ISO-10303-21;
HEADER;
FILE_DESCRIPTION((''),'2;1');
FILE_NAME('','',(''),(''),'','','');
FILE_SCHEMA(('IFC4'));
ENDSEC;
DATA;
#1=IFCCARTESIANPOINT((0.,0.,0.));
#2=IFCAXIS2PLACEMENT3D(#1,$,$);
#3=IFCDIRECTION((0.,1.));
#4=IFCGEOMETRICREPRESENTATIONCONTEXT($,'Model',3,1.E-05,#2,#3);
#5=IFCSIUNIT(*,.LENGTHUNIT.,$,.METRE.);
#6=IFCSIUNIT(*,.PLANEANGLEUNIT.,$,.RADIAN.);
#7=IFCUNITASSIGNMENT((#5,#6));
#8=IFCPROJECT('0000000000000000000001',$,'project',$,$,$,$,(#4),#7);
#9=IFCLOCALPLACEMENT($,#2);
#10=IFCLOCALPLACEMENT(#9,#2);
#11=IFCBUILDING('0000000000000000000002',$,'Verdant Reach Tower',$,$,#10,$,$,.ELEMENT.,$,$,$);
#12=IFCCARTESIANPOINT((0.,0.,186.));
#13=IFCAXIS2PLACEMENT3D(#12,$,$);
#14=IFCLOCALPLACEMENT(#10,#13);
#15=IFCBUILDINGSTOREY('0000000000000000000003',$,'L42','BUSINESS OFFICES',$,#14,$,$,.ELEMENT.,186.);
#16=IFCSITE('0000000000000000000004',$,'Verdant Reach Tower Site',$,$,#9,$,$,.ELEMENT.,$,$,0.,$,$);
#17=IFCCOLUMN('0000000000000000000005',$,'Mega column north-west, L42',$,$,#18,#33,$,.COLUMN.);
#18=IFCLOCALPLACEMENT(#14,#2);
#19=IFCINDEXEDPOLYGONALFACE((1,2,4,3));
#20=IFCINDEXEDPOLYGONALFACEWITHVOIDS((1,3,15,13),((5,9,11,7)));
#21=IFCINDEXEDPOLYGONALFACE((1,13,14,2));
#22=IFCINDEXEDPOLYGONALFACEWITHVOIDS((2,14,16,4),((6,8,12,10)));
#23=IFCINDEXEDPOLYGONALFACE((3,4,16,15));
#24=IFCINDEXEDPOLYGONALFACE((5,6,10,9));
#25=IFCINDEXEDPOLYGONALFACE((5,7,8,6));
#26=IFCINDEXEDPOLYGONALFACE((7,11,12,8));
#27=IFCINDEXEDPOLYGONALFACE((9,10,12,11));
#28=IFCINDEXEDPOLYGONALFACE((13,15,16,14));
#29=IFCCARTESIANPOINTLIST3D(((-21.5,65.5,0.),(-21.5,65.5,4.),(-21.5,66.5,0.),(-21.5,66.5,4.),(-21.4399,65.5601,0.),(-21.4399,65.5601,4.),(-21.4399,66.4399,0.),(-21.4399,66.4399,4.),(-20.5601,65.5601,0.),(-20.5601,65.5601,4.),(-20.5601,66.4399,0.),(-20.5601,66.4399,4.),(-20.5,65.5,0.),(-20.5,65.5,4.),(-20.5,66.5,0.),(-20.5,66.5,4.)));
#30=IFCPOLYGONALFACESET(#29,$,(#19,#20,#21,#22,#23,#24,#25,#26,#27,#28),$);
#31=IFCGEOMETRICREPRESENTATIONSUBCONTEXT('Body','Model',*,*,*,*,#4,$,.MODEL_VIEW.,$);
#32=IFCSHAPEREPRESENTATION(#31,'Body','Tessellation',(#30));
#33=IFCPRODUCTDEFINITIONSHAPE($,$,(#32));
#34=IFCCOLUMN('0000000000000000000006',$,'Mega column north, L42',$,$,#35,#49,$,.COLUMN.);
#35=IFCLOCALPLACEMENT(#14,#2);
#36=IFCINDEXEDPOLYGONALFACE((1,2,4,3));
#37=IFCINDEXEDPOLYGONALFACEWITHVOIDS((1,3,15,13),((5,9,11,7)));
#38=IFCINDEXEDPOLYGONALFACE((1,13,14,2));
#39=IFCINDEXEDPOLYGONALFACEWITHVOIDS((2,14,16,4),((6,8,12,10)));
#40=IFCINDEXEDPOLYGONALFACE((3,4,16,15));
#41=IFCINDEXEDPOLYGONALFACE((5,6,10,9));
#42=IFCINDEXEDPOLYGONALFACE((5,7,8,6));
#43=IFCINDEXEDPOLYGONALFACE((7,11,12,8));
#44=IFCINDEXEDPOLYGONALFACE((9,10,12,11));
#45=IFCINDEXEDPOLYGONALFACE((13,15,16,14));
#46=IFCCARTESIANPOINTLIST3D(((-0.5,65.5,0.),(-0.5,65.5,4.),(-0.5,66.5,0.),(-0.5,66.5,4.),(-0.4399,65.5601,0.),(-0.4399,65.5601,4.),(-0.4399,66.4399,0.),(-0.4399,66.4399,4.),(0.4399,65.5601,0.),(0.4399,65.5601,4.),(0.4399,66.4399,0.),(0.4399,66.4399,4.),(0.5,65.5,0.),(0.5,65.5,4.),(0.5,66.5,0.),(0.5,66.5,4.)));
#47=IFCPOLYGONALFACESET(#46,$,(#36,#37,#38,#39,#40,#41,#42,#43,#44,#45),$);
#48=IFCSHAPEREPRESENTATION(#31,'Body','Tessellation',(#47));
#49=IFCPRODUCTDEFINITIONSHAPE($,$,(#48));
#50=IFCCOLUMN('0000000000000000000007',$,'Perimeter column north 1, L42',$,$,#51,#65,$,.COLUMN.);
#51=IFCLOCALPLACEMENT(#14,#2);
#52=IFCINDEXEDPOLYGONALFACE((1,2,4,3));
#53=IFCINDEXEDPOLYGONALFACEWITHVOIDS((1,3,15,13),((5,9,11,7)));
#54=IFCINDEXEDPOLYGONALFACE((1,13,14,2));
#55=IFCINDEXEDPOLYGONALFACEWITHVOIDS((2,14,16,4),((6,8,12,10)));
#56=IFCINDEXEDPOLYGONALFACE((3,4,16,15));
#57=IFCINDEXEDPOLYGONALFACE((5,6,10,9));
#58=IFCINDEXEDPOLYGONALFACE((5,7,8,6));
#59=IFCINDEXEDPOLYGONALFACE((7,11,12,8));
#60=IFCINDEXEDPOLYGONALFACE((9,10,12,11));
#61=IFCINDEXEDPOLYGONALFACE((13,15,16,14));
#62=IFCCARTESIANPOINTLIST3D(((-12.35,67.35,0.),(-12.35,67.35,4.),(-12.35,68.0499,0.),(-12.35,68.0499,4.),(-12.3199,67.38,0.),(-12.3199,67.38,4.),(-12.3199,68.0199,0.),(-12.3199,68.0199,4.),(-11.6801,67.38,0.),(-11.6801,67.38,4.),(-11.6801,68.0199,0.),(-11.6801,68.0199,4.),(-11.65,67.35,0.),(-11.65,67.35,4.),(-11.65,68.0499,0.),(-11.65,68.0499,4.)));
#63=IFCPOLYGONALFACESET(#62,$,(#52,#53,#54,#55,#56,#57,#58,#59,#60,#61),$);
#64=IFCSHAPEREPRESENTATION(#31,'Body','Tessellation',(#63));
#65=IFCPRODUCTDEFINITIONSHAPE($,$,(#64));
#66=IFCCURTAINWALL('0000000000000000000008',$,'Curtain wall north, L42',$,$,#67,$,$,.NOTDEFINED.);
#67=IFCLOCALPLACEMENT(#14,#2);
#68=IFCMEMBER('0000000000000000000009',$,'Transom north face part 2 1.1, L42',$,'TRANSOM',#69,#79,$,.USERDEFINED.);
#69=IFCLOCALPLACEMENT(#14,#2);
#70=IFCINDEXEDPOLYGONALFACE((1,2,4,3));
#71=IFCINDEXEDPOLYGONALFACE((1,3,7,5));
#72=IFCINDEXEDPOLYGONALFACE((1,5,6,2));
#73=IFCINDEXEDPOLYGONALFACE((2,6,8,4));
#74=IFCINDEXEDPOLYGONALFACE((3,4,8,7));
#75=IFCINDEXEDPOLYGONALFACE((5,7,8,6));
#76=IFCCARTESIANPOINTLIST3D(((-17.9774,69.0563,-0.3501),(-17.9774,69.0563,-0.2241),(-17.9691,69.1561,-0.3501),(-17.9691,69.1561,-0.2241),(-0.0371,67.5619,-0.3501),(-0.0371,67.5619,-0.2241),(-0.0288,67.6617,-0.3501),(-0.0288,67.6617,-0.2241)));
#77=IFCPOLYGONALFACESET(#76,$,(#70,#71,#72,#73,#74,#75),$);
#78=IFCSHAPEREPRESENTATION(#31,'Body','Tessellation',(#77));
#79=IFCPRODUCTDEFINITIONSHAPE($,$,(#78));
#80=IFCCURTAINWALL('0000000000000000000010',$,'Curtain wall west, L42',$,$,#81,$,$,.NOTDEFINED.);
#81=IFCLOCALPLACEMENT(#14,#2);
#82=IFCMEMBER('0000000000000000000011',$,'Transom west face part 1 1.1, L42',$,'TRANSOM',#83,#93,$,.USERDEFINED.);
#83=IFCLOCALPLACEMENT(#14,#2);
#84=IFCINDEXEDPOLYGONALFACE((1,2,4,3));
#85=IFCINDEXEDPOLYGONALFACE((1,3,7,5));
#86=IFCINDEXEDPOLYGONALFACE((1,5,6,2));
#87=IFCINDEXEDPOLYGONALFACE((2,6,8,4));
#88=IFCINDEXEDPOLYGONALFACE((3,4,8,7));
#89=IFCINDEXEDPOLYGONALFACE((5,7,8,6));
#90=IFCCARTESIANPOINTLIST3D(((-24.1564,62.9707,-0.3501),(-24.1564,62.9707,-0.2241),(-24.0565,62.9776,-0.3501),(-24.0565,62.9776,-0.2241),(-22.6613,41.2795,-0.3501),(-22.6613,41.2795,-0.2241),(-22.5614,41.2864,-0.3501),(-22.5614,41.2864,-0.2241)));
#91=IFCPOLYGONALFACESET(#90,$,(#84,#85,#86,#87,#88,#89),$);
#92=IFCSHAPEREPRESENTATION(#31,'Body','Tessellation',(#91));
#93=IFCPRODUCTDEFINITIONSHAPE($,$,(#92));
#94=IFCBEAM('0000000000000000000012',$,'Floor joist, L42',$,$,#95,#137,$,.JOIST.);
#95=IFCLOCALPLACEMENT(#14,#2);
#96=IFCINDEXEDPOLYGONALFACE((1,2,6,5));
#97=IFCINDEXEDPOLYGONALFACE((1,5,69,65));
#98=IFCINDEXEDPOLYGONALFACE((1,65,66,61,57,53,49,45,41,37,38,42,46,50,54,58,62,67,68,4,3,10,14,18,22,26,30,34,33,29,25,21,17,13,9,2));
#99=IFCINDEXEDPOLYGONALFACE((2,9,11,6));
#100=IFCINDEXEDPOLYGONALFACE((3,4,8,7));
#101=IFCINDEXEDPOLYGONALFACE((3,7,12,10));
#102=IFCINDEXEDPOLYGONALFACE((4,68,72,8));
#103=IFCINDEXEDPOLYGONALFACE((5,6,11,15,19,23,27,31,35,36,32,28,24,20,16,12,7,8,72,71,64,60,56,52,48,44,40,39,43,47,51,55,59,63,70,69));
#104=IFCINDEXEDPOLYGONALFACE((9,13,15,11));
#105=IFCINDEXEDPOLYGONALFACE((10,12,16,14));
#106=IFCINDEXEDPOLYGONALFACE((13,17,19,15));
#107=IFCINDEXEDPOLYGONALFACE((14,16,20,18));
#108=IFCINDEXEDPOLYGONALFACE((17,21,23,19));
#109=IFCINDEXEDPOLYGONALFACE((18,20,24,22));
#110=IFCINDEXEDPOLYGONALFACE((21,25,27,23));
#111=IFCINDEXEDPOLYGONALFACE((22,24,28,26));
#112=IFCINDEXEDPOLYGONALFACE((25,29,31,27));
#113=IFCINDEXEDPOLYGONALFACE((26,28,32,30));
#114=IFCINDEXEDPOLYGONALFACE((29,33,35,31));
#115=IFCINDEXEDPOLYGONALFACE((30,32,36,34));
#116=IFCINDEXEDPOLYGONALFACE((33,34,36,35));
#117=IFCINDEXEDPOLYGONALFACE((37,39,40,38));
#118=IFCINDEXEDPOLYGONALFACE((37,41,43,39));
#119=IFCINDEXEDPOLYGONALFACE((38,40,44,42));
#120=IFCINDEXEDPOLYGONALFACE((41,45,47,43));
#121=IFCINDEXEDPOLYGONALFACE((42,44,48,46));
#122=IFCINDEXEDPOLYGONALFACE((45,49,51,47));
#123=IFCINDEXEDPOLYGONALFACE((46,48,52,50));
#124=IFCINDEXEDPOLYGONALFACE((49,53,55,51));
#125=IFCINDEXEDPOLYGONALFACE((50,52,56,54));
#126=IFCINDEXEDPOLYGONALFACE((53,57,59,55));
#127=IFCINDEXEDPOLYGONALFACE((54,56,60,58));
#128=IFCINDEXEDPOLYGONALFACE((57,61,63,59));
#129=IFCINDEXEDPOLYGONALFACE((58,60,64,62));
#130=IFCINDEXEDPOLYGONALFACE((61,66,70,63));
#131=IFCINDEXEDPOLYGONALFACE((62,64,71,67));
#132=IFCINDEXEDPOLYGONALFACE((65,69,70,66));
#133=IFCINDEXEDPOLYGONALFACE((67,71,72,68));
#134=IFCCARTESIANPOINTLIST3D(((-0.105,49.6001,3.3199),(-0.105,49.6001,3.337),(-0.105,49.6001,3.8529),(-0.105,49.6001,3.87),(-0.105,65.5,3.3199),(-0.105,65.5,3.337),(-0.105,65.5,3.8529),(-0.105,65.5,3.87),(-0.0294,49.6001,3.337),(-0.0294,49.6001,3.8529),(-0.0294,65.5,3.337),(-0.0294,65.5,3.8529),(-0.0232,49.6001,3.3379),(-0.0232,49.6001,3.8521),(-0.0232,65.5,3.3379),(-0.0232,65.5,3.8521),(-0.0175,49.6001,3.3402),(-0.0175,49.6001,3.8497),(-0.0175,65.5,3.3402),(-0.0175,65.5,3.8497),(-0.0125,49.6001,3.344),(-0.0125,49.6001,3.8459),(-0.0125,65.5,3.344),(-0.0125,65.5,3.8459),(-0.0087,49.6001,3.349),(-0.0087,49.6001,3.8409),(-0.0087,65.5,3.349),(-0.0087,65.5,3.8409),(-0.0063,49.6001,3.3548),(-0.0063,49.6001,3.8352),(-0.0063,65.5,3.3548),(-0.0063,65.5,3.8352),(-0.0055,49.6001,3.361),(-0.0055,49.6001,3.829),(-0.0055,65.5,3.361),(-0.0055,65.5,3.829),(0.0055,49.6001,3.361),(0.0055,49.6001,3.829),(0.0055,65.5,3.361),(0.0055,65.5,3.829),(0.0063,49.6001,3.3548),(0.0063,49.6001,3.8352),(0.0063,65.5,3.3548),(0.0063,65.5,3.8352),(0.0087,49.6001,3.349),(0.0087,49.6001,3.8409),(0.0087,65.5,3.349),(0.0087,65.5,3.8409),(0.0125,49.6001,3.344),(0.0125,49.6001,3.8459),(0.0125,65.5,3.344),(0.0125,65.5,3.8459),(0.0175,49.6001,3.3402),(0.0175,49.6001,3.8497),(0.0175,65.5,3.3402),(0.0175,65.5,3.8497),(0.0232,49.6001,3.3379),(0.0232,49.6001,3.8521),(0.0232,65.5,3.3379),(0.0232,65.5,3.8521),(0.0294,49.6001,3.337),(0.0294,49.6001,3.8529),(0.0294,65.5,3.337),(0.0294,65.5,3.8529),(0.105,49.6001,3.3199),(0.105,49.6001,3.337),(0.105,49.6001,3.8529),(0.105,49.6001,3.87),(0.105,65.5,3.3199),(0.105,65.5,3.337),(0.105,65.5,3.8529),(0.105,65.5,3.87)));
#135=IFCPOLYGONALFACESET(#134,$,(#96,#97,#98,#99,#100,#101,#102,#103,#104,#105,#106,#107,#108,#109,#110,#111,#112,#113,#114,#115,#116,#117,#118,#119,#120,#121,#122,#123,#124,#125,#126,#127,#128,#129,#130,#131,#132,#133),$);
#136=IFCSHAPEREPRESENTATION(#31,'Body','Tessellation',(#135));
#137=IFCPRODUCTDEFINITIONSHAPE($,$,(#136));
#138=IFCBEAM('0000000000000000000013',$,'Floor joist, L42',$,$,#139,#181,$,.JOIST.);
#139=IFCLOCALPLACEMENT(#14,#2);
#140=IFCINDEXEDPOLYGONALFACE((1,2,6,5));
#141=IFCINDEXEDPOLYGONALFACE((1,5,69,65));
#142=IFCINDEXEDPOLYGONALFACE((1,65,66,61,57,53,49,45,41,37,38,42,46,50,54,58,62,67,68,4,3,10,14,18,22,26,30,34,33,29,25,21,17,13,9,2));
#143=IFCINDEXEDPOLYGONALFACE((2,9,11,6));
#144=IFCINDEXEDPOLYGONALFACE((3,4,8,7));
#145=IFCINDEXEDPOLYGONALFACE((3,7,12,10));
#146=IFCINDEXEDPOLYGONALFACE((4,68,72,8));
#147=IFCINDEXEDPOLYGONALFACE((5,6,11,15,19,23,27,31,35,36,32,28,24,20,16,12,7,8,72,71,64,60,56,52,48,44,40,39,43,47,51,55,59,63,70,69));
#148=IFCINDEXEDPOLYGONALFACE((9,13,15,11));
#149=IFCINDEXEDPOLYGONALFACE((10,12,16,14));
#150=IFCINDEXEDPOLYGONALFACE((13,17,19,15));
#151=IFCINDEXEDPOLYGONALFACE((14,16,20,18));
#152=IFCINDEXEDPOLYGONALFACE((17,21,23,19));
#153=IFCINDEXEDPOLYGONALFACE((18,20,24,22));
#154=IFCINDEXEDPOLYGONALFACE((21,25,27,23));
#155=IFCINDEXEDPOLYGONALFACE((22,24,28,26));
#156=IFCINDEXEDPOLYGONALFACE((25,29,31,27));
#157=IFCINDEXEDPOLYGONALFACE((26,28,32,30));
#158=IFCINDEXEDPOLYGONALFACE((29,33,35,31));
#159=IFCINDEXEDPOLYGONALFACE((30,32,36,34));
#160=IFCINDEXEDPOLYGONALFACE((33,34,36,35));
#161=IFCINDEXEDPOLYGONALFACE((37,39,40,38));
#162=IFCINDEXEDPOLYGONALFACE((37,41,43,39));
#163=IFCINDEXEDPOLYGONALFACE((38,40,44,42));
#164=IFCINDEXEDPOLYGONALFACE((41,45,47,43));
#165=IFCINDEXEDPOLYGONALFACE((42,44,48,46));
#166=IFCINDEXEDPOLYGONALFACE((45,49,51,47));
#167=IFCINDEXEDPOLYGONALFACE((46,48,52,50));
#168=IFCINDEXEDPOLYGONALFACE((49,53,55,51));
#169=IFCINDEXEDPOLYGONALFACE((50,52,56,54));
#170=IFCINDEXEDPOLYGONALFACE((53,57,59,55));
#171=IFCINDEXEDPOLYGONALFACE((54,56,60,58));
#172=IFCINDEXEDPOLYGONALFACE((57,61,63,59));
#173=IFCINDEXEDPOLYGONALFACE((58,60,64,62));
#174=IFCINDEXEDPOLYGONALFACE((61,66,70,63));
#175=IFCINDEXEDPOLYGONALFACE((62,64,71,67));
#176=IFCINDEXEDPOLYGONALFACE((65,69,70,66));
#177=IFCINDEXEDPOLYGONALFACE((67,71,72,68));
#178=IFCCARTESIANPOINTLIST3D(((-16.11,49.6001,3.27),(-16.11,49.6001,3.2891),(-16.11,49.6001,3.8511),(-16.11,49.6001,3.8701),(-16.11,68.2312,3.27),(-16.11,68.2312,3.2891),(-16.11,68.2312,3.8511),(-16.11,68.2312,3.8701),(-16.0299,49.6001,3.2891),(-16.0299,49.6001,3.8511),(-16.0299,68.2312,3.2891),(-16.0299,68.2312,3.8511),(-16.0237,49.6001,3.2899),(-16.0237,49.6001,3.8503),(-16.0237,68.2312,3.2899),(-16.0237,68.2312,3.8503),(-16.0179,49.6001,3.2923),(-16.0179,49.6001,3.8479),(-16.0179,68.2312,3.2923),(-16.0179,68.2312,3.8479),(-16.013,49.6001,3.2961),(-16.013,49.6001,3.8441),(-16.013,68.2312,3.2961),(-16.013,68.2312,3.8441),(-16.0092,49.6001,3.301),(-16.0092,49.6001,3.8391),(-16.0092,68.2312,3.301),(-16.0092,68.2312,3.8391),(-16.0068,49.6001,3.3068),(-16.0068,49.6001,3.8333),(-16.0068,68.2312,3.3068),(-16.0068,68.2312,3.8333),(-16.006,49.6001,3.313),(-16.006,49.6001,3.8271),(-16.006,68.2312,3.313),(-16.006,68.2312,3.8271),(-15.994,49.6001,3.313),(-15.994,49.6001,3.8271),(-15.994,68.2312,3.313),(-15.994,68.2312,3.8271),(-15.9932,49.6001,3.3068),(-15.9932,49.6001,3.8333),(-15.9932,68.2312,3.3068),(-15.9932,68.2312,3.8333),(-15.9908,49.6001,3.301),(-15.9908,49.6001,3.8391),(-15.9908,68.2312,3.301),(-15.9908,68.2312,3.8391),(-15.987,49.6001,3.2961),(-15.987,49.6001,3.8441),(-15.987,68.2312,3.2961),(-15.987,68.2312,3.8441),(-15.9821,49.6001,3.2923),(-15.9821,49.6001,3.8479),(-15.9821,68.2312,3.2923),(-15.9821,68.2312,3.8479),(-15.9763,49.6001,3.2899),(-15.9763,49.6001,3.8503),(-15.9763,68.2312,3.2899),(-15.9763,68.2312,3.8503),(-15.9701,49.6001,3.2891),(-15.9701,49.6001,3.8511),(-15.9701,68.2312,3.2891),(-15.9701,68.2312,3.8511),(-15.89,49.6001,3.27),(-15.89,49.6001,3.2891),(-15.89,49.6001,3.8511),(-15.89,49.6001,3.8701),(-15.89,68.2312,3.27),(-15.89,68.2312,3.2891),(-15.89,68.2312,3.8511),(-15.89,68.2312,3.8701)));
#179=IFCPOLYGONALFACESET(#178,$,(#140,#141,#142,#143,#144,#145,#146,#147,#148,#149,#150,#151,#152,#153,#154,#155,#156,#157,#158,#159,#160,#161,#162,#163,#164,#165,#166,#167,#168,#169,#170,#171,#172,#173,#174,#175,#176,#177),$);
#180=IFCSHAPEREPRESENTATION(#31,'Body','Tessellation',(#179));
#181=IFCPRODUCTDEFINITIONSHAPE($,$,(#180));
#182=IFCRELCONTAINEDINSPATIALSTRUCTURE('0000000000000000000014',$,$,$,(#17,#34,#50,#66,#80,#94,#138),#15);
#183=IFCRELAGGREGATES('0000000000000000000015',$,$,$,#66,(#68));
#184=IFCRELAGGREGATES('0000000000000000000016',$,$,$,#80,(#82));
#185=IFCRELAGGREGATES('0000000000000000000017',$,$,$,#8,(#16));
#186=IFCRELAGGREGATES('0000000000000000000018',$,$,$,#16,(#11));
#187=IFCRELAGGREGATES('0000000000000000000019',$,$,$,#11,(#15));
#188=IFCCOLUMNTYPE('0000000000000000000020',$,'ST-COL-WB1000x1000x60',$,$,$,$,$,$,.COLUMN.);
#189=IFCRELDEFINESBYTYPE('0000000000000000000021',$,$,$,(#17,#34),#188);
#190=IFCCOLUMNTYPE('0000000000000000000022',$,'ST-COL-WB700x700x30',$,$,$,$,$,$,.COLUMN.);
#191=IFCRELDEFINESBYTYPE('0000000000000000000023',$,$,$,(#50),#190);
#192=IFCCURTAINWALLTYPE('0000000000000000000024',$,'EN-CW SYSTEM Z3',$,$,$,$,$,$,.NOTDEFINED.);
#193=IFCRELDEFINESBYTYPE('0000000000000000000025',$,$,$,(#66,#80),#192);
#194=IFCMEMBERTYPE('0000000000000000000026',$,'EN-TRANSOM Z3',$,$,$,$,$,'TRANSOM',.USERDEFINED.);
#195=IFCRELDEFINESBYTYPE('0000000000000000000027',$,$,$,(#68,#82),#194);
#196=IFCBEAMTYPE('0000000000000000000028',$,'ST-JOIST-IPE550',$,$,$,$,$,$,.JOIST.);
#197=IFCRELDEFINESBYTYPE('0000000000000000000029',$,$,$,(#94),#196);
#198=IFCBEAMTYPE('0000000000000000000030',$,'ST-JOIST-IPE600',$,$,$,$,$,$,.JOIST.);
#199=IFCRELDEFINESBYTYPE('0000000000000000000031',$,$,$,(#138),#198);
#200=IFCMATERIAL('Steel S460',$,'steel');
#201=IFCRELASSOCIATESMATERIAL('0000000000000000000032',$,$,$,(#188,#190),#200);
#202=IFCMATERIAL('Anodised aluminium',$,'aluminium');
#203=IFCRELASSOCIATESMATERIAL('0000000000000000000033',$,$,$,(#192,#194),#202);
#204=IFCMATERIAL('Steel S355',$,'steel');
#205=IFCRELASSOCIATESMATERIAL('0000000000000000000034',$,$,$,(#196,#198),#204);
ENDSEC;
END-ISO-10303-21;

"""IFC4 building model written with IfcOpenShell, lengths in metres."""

from ifc_helpers import new_model, si_unit, direction, frame, origin, origin_2d, place, context, subcontext, project, spatial, rectangle, hollow_rectangle, i_section, extrude, material, material_profile, profile_set, type_object, element, aggregate, save


model = new_model("IFC4")

# Units and contexts
model_context = context("Model", 3, precision=1e-05, world=origin(), true_north=direction((0.0, 1.0)))
body_context = subcontext(model_context, "Body", "Model", "MODEL_VIEW")
ifc_project = project(units=[si_unit("LENGTHUNIT", "METRE"), si_unit("PLANEANGLEUNIT", "RADIAN")], contexts=[model_context])

# Site, building, storey
site_placement = place(None, origin())
site = spatial("IfcSite", under=ifc_project, at=site_placement, Name="Verdant Reach Tower Site", CompositionType="ELEMENT", RefElevation=0.0)
building_placement = place(site_placement, origin())
building = spatial("IfcBuilding", under=site, at=building_placement, Name="Verdant Reach Tower", CompositionType="ELEMENT")
storey_placement = place(building_placement, frame((0.0, 0.0, 186.0)))
storey = spatial("IfcBuildingStorey", under=building, at=storey_placement, Name="L42", Description="BUSINESS OFFICES", CompositionType="ELEMENT", Elevation=186.0)

# Columns
ifc_material_1 = material(Name="Steel S460", Category="steel")
ifc_material_profile_1 = material_profile(ifc_material_1, hollow_rectangle(XDim=1.0, YDim=1.0, WallThickness=0.0601, at=origin_2d()), Name="WB 1000x1000x60")
ifc_profile_set_1 = profile_set([ifc_material_profile_1], Name="Steel S460")
column_type_1 = type_object("IfcColumnType", Name="ST-COL-WB1000x1000x60", PredefinedType="COLUMN", material=ifc_profile_set_1)
for number, where, z_axis, x_axis, name in (
    (1, (-21.0, 66.0, 0.0), (0.0, 0.0, 1.0), (1.0, 0.0, 0.0), "Mega column north-west, L42"),
    (2, (0.0, 66.0, 0.0), (0.0, 0.0, 1.0), (1.0, 0.0, 0.0), "Mega column north, L42"),
):
    element("IfcColumn", number, at=place(storey_placement, frame(where, z_axis=z_axis, x_axis=x_axis)), inside=storey, type_object=column_type_1, Name=name, PredefinedType="COLUMN", context=body_context, shape_type="SweptSolid", body=[
        extrude(hollow_rectangle(XDim=1.0, YDim=1.0, WallThickness=0.0601, at=origin_2d()), origin(), (0.0, 0.0, 1.0), 4.0),
    ])
ifc_material_profile_2 = material_profile(ifc_material_1, hollow_rectangle(XDim=0.7, YDim=0.7, WallThickness=0.03, at=origin_2d()), Name="WB 700x700x30")
ifc_profile_set_2 = profile_set([ifc_material_profile_2], Name="Steel S460")
column_type_2 = type_object("IfcColumnType", Name="ST-COL-WB700x700x30", PredefinedType="COLUMN", material=ifc_profile_set_2)
column_placement = place(storey_placement, frame((-12.0, 67.7, 0.0), z_axis=(0.0, 0.0, 1.0), x_axis=(1.0, 0.0, 0.0)))
element("IfcColumn", 3, at=column_placement, inside=storey, type_object=column_type_2, Name="Perimeter column north 1, L42", PredefinedType="COLUMN", context=body_context, shape_type="SweptSolid", body=[
    extrude(hollow_rectangle(XDim=0.7, YDim=0.7, WallThickness=0.03, at=origin_2d()), origin(), (0.0, 0.0, 1.0), 4.0),
])

# Curtain walls, members
ifc_material_2 = material(Name="Anodised aluminium", Category="aluminium")
curtain_wall_type = type_object("IfcCurtainWallType", Name="EN-CW SYSTEM Z3", PredefinedType="NOTDEFINED", material=ifc_material_2)
curtain_wall_1_placement = place(storey_placement, origin())
curtain_wall_1 = element("IfcCurtainWall", 4, at=curtain_wall_1_placement, inside=storey, type_object=curtain_wall_type, Name="Curtain wall north, L42", PredefinedType="NOTDEFINED")
ifc_material_profile_3 = material_profile(ifc_material_2, rectangle(XDim=0.1001, YDim=0.126, at=origin_2d()), Name="Transom 126x100")
ifc_profile_set_3 = profile_set([ifc_material_profile_3], Name="Anodised aluminium")
member_type = type_object("IfcMemberType", Name="EN-TRANSOM Z3", ElementType="TRANSOM", PredefinedType="USERDEFINED", material=ifc_profile_set_3)
member_1_placement = place(storey_placement, frame((-0.033, 67.6118, -0.2871), z_axis=(-0.996549, 0.08301, 0.0), x_axis=(-0.08301, -0.996549, 0.0)))
member_1 = element("IfcMember", 5, at=member_1_placement, type_object=member_type, Name="Transom north face part 2 1.1, L42", ObjectType="TRANSOM", PredefinedType="USERDEFINED", context=body_context, shape_type="SweptSolid", body=[
    extrude(rectangle(XDim=0.1001, YDim=0.126, at=origin_2d()), origin(), (0.0, 0.0, 1.0), 18.0024),
])
curtain_wall_2_placement = place(storey_placement, origin())
curtain_wall_2 = element("IfcCurtainWall", 6, at=curtain_wall_2_placement, inside=storey, type_object=curtain_wall_type, Name="Curtain wall west, L42", PredefinedType="NOTDEFINED")
member_2_placement = place(storey_placement, frame((-24.1064, 62.9741, -0.2871), z_axis=(0.068764, -0.997633, 0.0), x_axis=(0.997633, 0.068764, 0.0)))
member_2 = element("IfcMember", 7, at=member_2_placement, type_object=member_type, Name="Transom west face part 1 1.1, L42", ObjectType="TRANSOM", PredefinedType="USERDEFINED", context=body_context, shape_type="SweptSolid", body=[
    extrude(rectangle(XDim=0.1001, YDim=0.126, at=origin_2d()), origin(), (0.0, 0.0, 1.0), 21.7427),
])

# Beams
ifc_material_3 = material(Name="Steel S355", Category="steel")
ifc_material_profile_4 = material_profile(ifc_material_3, i_section(OverallWidth=0.21, OverallDepth=0.55, WebThickness=0.011, FlangeThickness=0.0171, FilletRadius=0.0239, at=origin_2d()), Name="IPE 550")
ifc_profile_set_4 = profile_set([ifc_material_profile_4], Name="Steel S355")
beam_type_1 = type_object("IfcBeamType", Name="ST-JOIST-IPE550", PredefinedType="JOIST", material=ifc_profile_set_4)
beam_1_placement = place(storey_placement, frame((0.0, 49.6001, 3.595), z_axis=(0.0, 1.0, 0.0), x_axis=(-1.0, 0.0, 0.0)))
element("IfcBeam", 8, at=beam_1_placement, inside=storey, type_object=beam_type_1, Name="Floor joist, L42", PredefinedType="JOIST", context=body_context, shape_type="SweptSolid", body=[
    extrude(i_section(OverallWidth=0.21, OverallDepth=0.55, WebThickness=0.011, FlangeThickness=0.0171, FilletRadius=0.0239, at=origin_2d()), origin(), (0.0, 0.0, 1.0), 15.8999),
])
ifc_material_profile_5 = material_profile(ifc_material_3, i_section(OverallWidth=0.22, OverallDepth=0.6001, WebThickness=0.012, FlangeThickness=0.019, FilletRadius=0.0239, at=origin_2d()), Name="IPE 600")
ifc_profile_set_5 = profile_set([ifc_material_profile_5], Name="Steel S355")
beam_type_2 = type_object("IfcBeamType", Name="ST-JOIST-IPE600", PredefinedType="JOIST", material=ifc_profile_set_5)
beam_2_placement = place(storey_placement, frame((-16.0, 49.6001, 3.5701), z_axis=(0.0, 1.0, 0.0), x_axis=(-1.0, 0.0, 0.0)))
element("IfcBeam", 9, at=beam_2_placement, inside=storey, type_object=beam_type_2, Name="Floor joist, L42", PredefinedType="JOIST", context=body_context, shape_type="SweptSolid", body=[
    extrude(i_section(OverallWidth=0.22, OverallDepth=0.6001, WebThickness=0.012, FlangeThickness=0.019, FilletRadius=0.0239, at=origin_2d()), origin(), (0.0, 0.0, 1.0), 18.6311),
])

aggregate(curtain_wall_1, [member_1])
aggregate(curtain_wall_2, [member_2])

save(model, "model.ifc")
